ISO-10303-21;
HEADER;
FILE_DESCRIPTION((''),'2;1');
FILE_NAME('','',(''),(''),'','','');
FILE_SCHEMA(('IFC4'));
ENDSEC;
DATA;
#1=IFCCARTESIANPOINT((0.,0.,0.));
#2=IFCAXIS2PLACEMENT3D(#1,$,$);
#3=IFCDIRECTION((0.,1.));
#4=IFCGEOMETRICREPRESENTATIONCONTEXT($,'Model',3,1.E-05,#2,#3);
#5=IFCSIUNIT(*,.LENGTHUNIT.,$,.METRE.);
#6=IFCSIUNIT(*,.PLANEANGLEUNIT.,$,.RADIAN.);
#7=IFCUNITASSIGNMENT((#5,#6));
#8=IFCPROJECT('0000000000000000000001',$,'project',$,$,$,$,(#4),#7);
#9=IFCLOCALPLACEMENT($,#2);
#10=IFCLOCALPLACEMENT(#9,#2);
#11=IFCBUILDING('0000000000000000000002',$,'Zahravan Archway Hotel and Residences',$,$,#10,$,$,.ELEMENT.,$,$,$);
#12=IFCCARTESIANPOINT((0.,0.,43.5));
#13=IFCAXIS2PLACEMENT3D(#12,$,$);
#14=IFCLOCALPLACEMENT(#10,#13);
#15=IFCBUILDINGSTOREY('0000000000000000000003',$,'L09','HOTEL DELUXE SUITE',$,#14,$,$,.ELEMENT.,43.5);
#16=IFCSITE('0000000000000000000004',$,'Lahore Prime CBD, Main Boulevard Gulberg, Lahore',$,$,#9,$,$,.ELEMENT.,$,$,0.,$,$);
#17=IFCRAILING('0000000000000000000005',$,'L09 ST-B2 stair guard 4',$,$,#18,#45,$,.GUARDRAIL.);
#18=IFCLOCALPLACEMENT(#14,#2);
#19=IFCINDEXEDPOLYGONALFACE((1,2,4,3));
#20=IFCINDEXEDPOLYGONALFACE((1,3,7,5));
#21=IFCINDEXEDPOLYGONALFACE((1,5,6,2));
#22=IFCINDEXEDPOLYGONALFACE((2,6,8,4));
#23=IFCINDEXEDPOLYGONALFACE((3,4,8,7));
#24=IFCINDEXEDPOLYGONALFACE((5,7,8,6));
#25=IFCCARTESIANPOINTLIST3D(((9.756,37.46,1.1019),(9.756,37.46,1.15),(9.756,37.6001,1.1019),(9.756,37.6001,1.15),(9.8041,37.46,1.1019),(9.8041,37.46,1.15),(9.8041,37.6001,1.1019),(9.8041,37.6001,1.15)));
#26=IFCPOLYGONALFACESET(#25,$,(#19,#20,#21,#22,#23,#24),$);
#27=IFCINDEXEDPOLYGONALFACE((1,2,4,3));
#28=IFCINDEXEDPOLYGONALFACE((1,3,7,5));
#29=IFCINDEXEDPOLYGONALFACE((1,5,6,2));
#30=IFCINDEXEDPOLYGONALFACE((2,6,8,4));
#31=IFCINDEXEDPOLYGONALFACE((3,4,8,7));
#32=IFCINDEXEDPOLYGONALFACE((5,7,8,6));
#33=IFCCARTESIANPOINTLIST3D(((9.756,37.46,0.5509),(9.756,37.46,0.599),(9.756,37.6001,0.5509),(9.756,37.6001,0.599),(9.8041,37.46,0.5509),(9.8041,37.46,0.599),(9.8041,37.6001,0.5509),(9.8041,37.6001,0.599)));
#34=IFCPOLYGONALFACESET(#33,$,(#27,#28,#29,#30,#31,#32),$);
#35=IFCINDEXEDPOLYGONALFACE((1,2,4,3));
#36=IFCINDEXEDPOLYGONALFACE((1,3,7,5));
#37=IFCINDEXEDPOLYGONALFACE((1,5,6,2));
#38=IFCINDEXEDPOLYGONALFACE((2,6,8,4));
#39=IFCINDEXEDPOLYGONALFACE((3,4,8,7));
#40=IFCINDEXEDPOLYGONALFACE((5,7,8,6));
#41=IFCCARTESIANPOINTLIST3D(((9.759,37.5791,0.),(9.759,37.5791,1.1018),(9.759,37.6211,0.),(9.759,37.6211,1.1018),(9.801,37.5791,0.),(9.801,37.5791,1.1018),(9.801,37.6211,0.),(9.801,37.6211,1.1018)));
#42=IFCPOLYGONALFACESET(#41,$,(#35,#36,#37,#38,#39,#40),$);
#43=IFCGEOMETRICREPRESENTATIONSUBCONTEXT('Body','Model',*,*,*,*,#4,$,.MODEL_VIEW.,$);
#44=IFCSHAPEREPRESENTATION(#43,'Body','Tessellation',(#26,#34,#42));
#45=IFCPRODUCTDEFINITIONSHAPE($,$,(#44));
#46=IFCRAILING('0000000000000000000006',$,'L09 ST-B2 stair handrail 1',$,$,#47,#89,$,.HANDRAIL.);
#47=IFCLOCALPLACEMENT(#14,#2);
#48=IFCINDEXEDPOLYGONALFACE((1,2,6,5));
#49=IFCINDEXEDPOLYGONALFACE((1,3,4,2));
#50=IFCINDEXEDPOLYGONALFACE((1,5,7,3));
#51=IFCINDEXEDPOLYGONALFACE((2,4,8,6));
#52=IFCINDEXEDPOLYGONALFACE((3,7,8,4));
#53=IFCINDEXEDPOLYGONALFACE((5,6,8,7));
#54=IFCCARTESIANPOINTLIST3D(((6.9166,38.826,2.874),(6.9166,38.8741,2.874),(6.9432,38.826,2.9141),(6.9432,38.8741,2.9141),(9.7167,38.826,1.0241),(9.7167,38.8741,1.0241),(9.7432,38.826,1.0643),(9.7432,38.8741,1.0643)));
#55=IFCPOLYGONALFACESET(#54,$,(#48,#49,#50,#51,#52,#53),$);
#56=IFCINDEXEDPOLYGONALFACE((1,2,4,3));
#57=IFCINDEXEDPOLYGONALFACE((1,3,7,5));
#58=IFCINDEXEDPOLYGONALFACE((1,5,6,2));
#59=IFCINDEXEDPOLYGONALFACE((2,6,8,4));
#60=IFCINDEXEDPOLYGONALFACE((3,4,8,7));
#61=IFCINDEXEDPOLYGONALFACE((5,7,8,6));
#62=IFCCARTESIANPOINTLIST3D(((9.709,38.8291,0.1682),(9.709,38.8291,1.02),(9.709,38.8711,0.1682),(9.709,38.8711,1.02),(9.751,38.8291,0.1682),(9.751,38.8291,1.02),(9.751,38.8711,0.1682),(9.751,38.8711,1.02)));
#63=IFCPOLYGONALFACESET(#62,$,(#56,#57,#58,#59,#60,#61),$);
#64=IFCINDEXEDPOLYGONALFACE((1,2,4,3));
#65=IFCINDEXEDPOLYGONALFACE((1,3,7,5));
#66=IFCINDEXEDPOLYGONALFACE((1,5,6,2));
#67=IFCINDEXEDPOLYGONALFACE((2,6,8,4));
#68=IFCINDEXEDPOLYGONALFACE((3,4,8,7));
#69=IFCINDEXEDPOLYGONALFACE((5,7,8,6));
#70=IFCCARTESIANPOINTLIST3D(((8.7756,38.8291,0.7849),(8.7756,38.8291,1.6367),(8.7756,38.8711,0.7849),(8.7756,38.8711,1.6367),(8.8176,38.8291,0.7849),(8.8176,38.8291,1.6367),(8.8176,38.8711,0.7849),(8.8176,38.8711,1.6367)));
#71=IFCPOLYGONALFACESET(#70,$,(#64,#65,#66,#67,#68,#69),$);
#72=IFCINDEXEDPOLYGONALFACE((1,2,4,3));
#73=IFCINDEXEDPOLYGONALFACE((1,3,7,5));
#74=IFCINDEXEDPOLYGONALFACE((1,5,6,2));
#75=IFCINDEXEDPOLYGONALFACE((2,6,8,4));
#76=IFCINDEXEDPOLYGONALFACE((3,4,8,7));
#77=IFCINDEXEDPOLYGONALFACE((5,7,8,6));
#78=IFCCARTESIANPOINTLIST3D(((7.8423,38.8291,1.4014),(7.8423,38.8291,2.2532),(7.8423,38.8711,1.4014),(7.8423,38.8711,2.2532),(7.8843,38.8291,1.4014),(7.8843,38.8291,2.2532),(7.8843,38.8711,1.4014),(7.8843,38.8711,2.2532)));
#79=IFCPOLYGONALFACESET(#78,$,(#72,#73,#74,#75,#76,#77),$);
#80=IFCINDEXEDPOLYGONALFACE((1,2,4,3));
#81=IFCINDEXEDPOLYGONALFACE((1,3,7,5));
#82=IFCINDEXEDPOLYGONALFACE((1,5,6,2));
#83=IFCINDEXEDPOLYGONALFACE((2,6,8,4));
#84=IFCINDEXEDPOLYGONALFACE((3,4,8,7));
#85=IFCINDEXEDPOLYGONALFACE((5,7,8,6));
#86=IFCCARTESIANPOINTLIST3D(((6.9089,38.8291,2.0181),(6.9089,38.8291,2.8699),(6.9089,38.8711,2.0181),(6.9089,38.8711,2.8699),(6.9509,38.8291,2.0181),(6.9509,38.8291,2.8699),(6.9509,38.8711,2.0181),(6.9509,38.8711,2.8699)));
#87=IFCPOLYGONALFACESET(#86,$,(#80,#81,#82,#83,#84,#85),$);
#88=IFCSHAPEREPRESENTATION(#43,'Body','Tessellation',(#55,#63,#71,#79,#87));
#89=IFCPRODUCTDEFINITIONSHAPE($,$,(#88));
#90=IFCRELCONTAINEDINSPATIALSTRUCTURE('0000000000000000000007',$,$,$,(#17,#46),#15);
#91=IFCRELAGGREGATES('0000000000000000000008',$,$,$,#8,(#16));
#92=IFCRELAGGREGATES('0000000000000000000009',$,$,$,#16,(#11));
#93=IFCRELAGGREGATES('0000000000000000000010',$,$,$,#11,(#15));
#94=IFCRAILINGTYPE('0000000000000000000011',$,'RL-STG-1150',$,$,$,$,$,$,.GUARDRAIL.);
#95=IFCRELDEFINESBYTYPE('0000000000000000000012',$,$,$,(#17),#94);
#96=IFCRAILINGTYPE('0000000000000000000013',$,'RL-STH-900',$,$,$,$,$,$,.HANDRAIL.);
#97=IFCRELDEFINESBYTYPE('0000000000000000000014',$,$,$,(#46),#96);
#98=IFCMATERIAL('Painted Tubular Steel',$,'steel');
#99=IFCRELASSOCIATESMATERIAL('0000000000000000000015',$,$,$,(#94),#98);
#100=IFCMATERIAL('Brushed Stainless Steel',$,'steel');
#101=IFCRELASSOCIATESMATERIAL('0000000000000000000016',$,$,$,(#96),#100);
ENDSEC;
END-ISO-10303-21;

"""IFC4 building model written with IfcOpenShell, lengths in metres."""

from ifc_helpers import new_model, si_unit, direction, frame, origin, origin_2d, place, context, subcontext, project, spatial, rectangle, extrude, material, type_object, element, save


model = new_model("IFC4")

# Units and contexts
model_context = context("Model", 3, precision=1e-05, world=origin(), true_north=direction((0.0, 1.0)))
body_context = subcontext(model_context, "Body", "Model", "MODEL_VIEW")
ifc_project = project(units=[si_unit("LENGTHUNIT", "METRE"), si_unit("PLANEANGLEUNIT", "RADIAN")], contexts=[model_context])

# Site, building, storey
site_placement = place(None, origin())
site = spatial("IfcSite", under=ifc_project, at=site_placement, Name="Lahore Prime CBD, Main Boulevard Gulberg, Lahore", CompositionType="ELEMENT", RefElevation=0.0)
building_placement = place(site_placement, origin())
building = spatial("IfcBuilding", under=site, at=building_placement, Name="Zahravan Archway Hotel and Residences", CompositionType="ELEMENT")
storey_placement = place(building_placement, frame((0.0, 0.0, 43.5)))
storey = spatial("IfcBuildingStorey", under=building, at=storey_placement, Name="L09", Description="HOTEL DELUXE SUITE", CompositionType="ELEMENT", Elevation=43.5)

# Railings
ifc_material_1 = material(Name="Painted Tubular Steel", Category="steel")
railing_type_1 = type_object("IfcRailingType", Name="RL-STG-1150", PredefinedType="GUARDRAIL", material=ifc_material_1)
railing_1_placement = place(storey_placement, frame((9.78, 37.6001, 0.0)))
element("IfcRailing", 1, at=railing_1_placement, inside=storey, type_object=railing_type_1, Name="L09 ST-B2 stair guard 4", PredefinedType="GUARDRAIL", context=body_context, shape_type="SweptSolid", body=[
    extrude(rectangle(XDim=0.0481, YDim=0.0481, at=origin_2d()), frame((0.0, 0.0, 1.126), z_axis=(0.0, -1.0, 0.0), x_axis=(1.0, 0.0, 0.0)), (0.0, 0.0, 1.0), 0.1401),
    extrude(rectangle(XDim=0.0481, YDim=0.0481, at=origin_2d()), frame((0.0, 0.0, 0.575), z_axis=(0.0, -1.0, 0.0), x_axis=(1.0, 0.0, 0.0)), (0.0, 0.0, 1.0), 0.1401),
    extrude(rectangle(XDim=0.042, YDim=0.042, at=origin_2d()), origin(), (0.0, 0.0, 1.0), 1.1018),
])
ifc_material_2 = material(Name="Brushed Stainless Steel", Category="steel")
railing_type_2 = type_object("IfcRailingType", Name="RL-STH-900", PredefinedType="HANDRAIL", material=ifc_material_2)
railing_2_placement = place(storey_placement, frame((9.73, 38.8501, 0.1682)))
element("IfcRailing", 2, at=railing_2_placement, inside=storey, type_object=railing_type_2, Name="L09 ST-B2 stair handrail 1", PredefinedType="HANDRAIL", context=body_context, shape_type="SweptSolid", body=[
    extrude(rectangle(XDim=0.0481, YDim=0.0481, at=origin_2d()), frame((0.0, 0.0, 0.876), z_axis=(-0.83436, 0.0, 0.55122), x_axis=(0.0, -1.0, 0.0)), (0.0, 0.0, 1.0), 3.356),
    extrude(rectangle(XDim=0.042, YDim=0.042, at=origin_2d()), origin(), (0.0, 0.0, 1.0), 0.8518),
    extrude(rectangle(XDim=0.042, YDim=0.042, at=origin_2d()), frame((-0.9333, 0.0, 0.6167)), (0.0, 0.0, 1.0), 0.8518),
    extrude(rectangle(XDim=0.042, YDim=0.042, at=origin_2d()), frame((-1.8667, 0.0, 1.2332)), (0.0, 0.0, 1.0), 0.8518),
    extrude(rectangle(XDim=0.042, YDim=0.042, at=origin_2d()), frame((-2.8, 0.0, 1.8499)), (0.0, 0.0, 1.0), 0.8518),
])

save(model, "model.ifc")
